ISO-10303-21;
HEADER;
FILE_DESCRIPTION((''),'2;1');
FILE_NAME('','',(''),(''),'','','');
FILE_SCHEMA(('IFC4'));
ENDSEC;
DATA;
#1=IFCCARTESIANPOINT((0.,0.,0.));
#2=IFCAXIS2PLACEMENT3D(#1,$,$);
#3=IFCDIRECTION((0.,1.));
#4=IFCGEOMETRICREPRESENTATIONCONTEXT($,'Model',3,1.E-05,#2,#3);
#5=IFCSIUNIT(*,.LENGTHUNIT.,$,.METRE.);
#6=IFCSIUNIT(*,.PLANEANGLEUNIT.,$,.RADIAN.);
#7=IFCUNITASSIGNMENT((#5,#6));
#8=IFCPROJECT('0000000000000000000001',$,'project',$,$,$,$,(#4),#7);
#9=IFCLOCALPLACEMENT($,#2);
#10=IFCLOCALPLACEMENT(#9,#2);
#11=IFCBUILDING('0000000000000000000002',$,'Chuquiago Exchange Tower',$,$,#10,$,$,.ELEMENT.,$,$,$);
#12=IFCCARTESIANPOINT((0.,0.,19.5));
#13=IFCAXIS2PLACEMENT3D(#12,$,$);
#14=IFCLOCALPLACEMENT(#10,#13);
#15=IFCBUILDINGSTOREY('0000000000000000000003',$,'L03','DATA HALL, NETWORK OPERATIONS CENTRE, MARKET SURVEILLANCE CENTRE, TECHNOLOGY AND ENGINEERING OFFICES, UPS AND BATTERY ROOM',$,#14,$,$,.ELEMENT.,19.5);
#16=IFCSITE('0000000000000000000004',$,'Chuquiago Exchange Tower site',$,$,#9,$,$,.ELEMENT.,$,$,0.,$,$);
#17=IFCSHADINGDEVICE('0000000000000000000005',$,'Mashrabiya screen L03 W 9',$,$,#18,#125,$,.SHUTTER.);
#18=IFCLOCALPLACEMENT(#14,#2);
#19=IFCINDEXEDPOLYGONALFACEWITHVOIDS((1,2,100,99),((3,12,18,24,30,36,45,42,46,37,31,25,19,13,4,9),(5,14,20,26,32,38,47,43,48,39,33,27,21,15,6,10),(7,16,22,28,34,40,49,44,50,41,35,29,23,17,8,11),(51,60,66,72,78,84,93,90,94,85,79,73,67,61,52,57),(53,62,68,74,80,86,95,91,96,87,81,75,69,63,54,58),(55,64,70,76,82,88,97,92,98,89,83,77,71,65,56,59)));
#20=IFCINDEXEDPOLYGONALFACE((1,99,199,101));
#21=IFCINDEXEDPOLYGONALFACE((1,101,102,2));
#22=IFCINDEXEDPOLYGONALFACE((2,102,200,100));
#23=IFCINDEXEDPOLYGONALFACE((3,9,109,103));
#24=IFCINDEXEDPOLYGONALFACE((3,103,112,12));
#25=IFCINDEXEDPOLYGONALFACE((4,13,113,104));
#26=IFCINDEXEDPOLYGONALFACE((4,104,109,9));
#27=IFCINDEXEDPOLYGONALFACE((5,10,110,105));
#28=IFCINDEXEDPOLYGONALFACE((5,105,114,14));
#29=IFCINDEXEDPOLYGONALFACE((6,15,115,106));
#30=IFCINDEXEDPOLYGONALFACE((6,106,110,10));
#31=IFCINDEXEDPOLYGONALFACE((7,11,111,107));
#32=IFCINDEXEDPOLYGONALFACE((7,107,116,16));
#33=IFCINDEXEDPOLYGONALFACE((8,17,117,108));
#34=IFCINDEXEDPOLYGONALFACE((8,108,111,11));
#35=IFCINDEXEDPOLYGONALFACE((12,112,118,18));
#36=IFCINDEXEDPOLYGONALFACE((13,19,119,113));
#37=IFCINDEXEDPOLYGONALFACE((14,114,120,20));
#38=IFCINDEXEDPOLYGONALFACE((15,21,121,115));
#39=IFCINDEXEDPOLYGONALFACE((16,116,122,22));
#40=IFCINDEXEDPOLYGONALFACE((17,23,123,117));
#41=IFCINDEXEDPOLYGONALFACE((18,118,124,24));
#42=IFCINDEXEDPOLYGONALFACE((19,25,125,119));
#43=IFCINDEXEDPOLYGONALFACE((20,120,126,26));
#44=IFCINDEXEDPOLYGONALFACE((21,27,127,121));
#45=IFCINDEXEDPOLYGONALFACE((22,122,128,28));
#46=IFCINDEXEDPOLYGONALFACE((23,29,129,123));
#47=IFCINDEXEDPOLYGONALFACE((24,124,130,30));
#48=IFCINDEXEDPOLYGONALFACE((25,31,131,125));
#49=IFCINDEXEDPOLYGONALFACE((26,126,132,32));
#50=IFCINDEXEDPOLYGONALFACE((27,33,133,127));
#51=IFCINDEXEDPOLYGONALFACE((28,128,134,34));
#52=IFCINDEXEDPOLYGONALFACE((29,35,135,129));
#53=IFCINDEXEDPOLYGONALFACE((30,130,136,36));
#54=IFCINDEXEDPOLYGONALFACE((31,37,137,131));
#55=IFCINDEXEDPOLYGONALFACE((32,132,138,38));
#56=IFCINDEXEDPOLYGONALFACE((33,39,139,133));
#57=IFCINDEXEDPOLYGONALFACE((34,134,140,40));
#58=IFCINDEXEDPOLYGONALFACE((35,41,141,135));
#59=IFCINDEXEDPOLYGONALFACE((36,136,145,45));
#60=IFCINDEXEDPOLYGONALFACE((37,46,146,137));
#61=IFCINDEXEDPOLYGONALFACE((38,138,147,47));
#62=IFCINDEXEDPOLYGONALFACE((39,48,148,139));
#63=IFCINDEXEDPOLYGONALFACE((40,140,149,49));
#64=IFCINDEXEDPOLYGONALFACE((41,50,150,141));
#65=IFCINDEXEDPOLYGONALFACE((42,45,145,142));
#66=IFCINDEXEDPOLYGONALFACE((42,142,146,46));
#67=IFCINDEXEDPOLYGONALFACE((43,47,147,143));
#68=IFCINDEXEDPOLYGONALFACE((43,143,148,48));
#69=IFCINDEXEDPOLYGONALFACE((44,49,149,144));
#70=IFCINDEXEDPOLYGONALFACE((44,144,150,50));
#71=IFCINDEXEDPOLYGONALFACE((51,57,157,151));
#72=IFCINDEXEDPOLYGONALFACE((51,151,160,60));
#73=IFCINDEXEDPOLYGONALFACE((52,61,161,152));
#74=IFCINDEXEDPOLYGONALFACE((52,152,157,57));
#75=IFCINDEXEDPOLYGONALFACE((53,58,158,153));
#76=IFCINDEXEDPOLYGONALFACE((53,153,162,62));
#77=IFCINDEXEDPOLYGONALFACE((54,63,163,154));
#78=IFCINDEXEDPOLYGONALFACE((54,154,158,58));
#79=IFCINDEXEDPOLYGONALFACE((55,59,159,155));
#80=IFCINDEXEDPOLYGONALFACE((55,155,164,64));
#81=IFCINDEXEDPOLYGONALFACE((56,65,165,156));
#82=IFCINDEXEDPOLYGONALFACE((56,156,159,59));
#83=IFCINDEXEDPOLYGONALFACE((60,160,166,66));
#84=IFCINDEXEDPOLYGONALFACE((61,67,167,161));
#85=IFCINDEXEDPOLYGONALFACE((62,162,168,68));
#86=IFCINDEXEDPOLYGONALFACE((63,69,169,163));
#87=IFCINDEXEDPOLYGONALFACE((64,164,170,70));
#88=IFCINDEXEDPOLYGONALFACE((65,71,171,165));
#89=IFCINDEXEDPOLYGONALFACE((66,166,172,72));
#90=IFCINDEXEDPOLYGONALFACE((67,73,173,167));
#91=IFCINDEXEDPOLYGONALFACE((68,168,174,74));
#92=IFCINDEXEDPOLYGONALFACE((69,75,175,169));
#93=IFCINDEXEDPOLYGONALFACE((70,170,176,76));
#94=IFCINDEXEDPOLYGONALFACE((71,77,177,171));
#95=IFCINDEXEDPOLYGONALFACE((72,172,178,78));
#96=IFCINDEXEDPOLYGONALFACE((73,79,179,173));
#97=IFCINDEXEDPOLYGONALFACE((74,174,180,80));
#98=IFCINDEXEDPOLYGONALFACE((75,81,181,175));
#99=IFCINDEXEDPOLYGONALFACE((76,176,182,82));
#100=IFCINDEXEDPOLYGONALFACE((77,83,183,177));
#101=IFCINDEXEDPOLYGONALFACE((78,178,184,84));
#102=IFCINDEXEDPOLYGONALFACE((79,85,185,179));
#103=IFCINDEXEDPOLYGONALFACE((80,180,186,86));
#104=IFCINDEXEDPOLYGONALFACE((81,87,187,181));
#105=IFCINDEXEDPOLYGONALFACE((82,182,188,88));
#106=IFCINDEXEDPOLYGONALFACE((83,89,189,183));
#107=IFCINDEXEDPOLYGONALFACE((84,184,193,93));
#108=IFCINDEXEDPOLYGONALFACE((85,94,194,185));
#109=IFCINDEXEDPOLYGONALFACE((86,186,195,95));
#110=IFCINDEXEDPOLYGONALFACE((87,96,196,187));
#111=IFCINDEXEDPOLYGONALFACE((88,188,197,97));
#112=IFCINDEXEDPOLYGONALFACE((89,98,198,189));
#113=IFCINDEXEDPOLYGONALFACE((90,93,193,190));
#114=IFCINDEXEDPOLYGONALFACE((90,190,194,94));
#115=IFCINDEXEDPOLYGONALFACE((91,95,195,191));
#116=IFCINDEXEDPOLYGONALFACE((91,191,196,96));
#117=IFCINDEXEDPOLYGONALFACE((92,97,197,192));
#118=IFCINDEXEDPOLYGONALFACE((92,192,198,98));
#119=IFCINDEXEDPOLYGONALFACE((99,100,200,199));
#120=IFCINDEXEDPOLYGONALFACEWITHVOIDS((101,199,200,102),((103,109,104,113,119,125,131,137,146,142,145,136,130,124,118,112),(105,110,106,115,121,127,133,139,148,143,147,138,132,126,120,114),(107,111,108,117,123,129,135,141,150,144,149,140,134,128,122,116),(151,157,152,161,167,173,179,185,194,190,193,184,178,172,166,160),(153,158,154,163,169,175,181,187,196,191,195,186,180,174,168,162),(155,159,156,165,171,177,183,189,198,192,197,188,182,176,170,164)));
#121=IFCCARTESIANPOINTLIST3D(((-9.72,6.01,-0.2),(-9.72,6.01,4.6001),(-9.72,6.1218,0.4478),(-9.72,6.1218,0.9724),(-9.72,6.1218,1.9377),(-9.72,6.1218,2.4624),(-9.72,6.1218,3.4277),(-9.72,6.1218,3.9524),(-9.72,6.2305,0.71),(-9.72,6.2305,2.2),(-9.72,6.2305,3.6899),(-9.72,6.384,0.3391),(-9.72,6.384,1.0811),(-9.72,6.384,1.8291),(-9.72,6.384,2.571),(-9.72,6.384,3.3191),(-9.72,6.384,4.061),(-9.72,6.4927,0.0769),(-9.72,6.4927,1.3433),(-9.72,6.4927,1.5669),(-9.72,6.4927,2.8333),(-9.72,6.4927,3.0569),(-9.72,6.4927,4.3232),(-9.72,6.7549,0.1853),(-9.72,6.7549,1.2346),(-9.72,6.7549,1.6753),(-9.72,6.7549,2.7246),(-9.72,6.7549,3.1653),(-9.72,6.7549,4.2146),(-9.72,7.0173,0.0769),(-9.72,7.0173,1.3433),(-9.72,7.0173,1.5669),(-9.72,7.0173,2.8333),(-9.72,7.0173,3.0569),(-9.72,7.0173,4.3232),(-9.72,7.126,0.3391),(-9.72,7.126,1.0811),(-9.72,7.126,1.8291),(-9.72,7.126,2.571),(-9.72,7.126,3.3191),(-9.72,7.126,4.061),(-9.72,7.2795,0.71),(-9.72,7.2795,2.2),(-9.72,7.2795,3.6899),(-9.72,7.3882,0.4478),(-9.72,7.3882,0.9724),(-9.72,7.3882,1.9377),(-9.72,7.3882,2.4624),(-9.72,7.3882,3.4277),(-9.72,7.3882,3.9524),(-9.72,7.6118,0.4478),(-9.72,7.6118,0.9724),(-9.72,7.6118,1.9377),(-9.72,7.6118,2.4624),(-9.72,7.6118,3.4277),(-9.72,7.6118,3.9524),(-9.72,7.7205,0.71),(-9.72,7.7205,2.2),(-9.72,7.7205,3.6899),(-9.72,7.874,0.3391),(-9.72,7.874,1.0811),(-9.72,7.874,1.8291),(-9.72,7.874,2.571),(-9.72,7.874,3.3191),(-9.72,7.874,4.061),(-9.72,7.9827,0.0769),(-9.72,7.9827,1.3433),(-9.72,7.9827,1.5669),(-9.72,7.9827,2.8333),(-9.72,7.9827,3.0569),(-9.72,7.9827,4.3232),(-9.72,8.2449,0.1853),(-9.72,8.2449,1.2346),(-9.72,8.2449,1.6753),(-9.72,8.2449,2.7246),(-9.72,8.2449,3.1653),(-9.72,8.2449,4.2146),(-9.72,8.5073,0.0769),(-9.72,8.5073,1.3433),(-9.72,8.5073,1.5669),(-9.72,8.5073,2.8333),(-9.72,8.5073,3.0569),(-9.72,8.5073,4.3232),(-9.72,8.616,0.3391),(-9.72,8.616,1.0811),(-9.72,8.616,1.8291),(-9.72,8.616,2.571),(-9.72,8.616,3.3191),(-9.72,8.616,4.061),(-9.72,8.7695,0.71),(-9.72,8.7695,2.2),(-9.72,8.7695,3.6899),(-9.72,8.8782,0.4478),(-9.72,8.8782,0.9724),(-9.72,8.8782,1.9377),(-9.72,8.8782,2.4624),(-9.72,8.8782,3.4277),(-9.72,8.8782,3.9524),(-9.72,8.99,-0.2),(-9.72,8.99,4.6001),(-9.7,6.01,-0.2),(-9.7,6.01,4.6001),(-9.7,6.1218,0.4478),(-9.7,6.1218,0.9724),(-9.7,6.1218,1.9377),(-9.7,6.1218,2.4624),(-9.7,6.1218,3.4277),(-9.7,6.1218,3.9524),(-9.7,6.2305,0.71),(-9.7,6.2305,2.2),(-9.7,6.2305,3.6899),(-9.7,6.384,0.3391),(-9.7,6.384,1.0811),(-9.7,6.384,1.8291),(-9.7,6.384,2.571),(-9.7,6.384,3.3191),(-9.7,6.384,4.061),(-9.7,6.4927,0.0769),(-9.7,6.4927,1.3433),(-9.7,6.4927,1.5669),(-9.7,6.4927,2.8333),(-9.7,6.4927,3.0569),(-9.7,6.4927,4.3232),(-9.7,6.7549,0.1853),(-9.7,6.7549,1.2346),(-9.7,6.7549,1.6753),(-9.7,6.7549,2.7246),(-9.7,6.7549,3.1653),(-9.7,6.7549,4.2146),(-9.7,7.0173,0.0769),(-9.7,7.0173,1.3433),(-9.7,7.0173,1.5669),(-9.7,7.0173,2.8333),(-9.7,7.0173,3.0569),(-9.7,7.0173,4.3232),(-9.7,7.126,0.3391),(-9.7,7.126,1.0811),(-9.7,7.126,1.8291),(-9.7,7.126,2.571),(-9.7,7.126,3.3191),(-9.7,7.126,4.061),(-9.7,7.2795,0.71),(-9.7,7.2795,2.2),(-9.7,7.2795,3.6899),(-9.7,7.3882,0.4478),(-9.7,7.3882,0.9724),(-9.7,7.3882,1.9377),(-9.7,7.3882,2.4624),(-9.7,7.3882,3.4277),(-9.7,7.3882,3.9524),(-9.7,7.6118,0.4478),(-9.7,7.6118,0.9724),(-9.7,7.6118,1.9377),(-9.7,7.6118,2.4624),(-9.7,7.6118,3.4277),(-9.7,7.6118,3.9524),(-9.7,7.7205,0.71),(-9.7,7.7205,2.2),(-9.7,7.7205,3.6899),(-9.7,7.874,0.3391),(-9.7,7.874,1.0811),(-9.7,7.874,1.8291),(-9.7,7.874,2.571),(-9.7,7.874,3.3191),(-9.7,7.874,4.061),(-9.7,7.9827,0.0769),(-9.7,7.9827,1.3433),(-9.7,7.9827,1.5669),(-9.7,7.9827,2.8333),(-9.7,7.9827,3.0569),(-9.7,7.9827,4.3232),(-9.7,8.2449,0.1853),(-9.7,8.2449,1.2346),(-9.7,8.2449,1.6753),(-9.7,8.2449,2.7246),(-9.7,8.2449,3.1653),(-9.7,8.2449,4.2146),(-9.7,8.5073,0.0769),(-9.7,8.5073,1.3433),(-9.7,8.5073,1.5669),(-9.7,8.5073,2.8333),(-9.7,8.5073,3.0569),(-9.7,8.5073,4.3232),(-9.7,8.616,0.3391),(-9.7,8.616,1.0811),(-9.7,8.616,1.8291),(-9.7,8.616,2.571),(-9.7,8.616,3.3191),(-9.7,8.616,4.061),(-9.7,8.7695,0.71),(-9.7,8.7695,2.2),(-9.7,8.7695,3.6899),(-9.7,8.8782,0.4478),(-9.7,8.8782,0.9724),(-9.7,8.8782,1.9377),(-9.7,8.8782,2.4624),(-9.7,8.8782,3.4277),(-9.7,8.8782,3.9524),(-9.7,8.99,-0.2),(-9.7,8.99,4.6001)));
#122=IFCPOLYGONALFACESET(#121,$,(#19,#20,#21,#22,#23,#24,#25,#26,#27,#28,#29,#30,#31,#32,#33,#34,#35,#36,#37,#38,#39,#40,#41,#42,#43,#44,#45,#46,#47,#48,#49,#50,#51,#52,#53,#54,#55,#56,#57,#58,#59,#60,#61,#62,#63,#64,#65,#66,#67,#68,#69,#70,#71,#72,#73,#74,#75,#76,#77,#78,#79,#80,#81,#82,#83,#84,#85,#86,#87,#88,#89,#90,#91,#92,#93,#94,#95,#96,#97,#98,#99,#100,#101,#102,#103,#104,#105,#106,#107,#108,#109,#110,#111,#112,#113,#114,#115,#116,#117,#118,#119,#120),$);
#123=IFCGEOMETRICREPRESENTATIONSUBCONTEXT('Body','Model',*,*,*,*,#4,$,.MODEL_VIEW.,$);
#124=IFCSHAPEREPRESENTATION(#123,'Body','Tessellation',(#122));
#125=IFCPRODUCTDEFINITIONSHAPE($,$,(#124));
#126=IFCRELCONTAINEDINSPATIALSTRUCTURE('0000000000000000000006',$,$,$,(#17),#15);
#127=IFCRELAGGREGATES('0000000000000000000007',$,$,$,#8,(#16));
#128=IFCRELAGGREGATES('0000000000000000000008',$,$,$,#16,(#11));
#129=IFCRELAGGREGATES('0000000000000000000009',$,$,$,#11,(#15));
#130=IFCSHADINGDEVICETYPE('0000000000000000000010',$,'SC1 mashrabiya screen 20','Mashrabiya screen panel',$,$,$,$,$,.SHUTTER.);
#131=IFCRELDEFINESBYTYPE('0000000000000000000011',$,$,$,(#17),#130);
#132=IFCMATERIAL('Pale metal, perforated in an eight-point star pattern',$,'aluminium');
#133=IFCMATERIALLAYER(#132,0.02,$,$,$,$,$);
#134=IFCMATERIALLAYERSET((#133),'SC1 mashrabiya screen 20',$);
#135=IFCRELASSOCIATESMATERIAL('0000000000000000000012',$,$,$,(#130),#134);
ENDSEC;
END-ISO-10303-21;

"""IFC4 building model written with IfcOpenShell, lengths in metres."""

from ifc_helpers import new_model, si_unit, direction, frame, origin, place, context, subcontext, project, spatial, polyline, outline, extrude, material, layer, layer_set, type_object, element, save


model = new_model("IFC4")

# Units and contexts
model_context = context("Model", 3, precision=1e-05, world=origin(), true_north=direction((0.0, 1.0)))
body_context = subcontext(model_context, "Body", "Model", "MODEL_VIEW")
ifc_project = project(units=[si_unit("LENGTHUNIT", "METRE"), si_unit("PLANEANGLEUNIT", "RADIAN")], contexts=[model_context])

# Site, building, storey
site_placement = place(None, origin())
site = spatial("IfcSite", under=ifc_project, at=site_placement, Name="Chuquiago Exchange Tower site", CompositionType="ELEMENT", RefElevation=0.0)
building_placement = place(site_placement, origin())
building = spatial("IfcBuilding", under=site, at=building_placement, Name="Chuquiago Exchange Tower", CompositionType="ELEMENT")
storey_placement = place(building_placement, frame((0.0, 0.0, 19.5)))
storey = spatial("IfcBuildingStorey", under=building, at=storey_placement, Name="L03", Description="DATA HALL, NETWORK OPERATIONS CENTRE, MARKET SURVEILLANCE CENTRE, TECHNOLOGY AND ENGINEERING OFFICES, UPS AND BATTERY ROOM", CompositionType="ELEMENT", Elevation=19.5)

# Shading device
ifc_material_1 = material(Name="Pale metal, perforated in an eight-point star pattern", Category="aluminium")
ifc_layer_1 = layer(ifc_material_1, 0.02)
ifc_layer_set_1 = layer_set([ifc_layer_1], Name="SC1 mashrabiya screen 20")
shading_device_type = type_object("IfcShadingDeviceType", Name="SC1 mashrabiya screen 20", Description="Mashrabiya screen panel", PredefinedType="SHUTTER", material=ifc_layer_set_1)
shading_device_1_placement = place(storey_placement, frame((-9.7, 8.99, -0.2), z_axis=(0.0, 0.0, 1.0), x_axis=(0.0, -1.0, 0.0)))
element("IfcShadingDevice", 1, at=shading_device_1_placement, inside=storey, type_object=shading_device_type, Name="Mashrabiya screen L03 W 9", PredefinedType="SHUTTER", context=body_context, shape_type="SweptSolid", body=[
    extrude(outline(polyline([(0.0, 0.0), (2.98, 0.0), (2.98, 4.8), (0.0, 4.8), (0.0, 0.0)]), holes=[polyline([(1.2695, 0.9099), (1.3782, 1.1724), (1.116, 1.281), (1.0073, 1.5432), (0.7451, 1.4346), (0.4827, 1.5432), (0.374, 1.281), (0.1118, 1.1724), (0.2205, 0.9099), (0.1118, 0.6477), (0.374, 0.5391), (0.4827, 0.2769), (0.7451, 0.3853), (1.0073, 0.2769), (1.116, 0.5391), (1.3782, 0.6477), (1.2695, 0.9099)]), polyline([(2.7595, 0.9099), (2.8682, 1.1724), (2.606, 1.281), (2.4973, 1.5432), (2.2351, 1.4346), (1.9727, 1.5432), (1.864, 1.281), (1.6018, 1.1724), (1.7104, 0.9099), (1.6018, 0.6477), (1.864, 0.5391), (1.9727, 0.2769), (2.2351, 0.3853), (2.4973, 0.2769), (2.606, 0.5391), (2.8682, 0.6477), (2.7595, 0.9099)]), polyline([(1.2695, 2.3999), (1.3782, 2.6624), (1.116, 2.771), (1.0073, 3.0332), (0.7451, 2.9246), (0.4827, 3.0332), (0.374, 2.771), (0.1118, 2.6624), (0.2205, 2.3999), (0.1118, 2.1377), (0.374, 2.0291), (0.4827, 1.7668), (0.7451, 1.8752), (1.0073, 1.7668), (1.116, 2.0291), (1.3782, 2.1377), (1.2695, 2.3999)]), polyline([(2.7595, 2.3999), (2.8682, 2.6624), (2.606, 2.771), (2.4973, 3.0332), (2.2351, 2.9246), (1.9727, 3.0332), (1.864, 2.771), (1.6018, 2.6624), (1.7104, 2.3999), (1.6018, 2.1377), (1.864, 2.0291), (1.9727, 1.7668), (2.2351, 1.8752), (2.4973, 1.7668), (2.606, 2.0291), (2.8682, 2.1377), (2.7595, 2.3999)]), polyline([(1.2695, 3.8899), (1.3782, 4.1523), (1.116, 4.261), (1.0073, 4.5232), (0.7451, 4.4146), (0.4827, 4.5232), (0.374, 4.261), (0.1118, 4.1523), (0.2205, 3.8899), (0.1118, 3.6277), (0.374, 3.519), (0.4827, 3.2568), (0.7451, 3.3652), (1.0073, 3.2568), (1.116, 3.519), (1.3782, 3.6277), (1.2695, 3.8899)]), polyline([(2.7595, 3.8899), (2.8682, 4.1523), (2.606, 4.261), (2.4973, 4.5232), (2.2351, 4.4146), (1.9727, 4.5232), (1.864, 4.261), (1.6018, 4.1523), (1.7104, 3.8899), (1.6018, 3.6277), (1.864, 3.519), (1.9727, 3.2568), (2.2351, 3.3652), (2.4973, 3.2568), (2.606, 3.519), (2.8682, 3.6277), (2.7595, 3.8899)])]), frame((0.0, 0.0, 0.0), z_axis=(0.0, -1.0, 0.0), x_axis=(1.0, 0.0, 0.0)), (0.0, 0.0, 1.0), 0.02),
])

save(model, "model.ifc")
